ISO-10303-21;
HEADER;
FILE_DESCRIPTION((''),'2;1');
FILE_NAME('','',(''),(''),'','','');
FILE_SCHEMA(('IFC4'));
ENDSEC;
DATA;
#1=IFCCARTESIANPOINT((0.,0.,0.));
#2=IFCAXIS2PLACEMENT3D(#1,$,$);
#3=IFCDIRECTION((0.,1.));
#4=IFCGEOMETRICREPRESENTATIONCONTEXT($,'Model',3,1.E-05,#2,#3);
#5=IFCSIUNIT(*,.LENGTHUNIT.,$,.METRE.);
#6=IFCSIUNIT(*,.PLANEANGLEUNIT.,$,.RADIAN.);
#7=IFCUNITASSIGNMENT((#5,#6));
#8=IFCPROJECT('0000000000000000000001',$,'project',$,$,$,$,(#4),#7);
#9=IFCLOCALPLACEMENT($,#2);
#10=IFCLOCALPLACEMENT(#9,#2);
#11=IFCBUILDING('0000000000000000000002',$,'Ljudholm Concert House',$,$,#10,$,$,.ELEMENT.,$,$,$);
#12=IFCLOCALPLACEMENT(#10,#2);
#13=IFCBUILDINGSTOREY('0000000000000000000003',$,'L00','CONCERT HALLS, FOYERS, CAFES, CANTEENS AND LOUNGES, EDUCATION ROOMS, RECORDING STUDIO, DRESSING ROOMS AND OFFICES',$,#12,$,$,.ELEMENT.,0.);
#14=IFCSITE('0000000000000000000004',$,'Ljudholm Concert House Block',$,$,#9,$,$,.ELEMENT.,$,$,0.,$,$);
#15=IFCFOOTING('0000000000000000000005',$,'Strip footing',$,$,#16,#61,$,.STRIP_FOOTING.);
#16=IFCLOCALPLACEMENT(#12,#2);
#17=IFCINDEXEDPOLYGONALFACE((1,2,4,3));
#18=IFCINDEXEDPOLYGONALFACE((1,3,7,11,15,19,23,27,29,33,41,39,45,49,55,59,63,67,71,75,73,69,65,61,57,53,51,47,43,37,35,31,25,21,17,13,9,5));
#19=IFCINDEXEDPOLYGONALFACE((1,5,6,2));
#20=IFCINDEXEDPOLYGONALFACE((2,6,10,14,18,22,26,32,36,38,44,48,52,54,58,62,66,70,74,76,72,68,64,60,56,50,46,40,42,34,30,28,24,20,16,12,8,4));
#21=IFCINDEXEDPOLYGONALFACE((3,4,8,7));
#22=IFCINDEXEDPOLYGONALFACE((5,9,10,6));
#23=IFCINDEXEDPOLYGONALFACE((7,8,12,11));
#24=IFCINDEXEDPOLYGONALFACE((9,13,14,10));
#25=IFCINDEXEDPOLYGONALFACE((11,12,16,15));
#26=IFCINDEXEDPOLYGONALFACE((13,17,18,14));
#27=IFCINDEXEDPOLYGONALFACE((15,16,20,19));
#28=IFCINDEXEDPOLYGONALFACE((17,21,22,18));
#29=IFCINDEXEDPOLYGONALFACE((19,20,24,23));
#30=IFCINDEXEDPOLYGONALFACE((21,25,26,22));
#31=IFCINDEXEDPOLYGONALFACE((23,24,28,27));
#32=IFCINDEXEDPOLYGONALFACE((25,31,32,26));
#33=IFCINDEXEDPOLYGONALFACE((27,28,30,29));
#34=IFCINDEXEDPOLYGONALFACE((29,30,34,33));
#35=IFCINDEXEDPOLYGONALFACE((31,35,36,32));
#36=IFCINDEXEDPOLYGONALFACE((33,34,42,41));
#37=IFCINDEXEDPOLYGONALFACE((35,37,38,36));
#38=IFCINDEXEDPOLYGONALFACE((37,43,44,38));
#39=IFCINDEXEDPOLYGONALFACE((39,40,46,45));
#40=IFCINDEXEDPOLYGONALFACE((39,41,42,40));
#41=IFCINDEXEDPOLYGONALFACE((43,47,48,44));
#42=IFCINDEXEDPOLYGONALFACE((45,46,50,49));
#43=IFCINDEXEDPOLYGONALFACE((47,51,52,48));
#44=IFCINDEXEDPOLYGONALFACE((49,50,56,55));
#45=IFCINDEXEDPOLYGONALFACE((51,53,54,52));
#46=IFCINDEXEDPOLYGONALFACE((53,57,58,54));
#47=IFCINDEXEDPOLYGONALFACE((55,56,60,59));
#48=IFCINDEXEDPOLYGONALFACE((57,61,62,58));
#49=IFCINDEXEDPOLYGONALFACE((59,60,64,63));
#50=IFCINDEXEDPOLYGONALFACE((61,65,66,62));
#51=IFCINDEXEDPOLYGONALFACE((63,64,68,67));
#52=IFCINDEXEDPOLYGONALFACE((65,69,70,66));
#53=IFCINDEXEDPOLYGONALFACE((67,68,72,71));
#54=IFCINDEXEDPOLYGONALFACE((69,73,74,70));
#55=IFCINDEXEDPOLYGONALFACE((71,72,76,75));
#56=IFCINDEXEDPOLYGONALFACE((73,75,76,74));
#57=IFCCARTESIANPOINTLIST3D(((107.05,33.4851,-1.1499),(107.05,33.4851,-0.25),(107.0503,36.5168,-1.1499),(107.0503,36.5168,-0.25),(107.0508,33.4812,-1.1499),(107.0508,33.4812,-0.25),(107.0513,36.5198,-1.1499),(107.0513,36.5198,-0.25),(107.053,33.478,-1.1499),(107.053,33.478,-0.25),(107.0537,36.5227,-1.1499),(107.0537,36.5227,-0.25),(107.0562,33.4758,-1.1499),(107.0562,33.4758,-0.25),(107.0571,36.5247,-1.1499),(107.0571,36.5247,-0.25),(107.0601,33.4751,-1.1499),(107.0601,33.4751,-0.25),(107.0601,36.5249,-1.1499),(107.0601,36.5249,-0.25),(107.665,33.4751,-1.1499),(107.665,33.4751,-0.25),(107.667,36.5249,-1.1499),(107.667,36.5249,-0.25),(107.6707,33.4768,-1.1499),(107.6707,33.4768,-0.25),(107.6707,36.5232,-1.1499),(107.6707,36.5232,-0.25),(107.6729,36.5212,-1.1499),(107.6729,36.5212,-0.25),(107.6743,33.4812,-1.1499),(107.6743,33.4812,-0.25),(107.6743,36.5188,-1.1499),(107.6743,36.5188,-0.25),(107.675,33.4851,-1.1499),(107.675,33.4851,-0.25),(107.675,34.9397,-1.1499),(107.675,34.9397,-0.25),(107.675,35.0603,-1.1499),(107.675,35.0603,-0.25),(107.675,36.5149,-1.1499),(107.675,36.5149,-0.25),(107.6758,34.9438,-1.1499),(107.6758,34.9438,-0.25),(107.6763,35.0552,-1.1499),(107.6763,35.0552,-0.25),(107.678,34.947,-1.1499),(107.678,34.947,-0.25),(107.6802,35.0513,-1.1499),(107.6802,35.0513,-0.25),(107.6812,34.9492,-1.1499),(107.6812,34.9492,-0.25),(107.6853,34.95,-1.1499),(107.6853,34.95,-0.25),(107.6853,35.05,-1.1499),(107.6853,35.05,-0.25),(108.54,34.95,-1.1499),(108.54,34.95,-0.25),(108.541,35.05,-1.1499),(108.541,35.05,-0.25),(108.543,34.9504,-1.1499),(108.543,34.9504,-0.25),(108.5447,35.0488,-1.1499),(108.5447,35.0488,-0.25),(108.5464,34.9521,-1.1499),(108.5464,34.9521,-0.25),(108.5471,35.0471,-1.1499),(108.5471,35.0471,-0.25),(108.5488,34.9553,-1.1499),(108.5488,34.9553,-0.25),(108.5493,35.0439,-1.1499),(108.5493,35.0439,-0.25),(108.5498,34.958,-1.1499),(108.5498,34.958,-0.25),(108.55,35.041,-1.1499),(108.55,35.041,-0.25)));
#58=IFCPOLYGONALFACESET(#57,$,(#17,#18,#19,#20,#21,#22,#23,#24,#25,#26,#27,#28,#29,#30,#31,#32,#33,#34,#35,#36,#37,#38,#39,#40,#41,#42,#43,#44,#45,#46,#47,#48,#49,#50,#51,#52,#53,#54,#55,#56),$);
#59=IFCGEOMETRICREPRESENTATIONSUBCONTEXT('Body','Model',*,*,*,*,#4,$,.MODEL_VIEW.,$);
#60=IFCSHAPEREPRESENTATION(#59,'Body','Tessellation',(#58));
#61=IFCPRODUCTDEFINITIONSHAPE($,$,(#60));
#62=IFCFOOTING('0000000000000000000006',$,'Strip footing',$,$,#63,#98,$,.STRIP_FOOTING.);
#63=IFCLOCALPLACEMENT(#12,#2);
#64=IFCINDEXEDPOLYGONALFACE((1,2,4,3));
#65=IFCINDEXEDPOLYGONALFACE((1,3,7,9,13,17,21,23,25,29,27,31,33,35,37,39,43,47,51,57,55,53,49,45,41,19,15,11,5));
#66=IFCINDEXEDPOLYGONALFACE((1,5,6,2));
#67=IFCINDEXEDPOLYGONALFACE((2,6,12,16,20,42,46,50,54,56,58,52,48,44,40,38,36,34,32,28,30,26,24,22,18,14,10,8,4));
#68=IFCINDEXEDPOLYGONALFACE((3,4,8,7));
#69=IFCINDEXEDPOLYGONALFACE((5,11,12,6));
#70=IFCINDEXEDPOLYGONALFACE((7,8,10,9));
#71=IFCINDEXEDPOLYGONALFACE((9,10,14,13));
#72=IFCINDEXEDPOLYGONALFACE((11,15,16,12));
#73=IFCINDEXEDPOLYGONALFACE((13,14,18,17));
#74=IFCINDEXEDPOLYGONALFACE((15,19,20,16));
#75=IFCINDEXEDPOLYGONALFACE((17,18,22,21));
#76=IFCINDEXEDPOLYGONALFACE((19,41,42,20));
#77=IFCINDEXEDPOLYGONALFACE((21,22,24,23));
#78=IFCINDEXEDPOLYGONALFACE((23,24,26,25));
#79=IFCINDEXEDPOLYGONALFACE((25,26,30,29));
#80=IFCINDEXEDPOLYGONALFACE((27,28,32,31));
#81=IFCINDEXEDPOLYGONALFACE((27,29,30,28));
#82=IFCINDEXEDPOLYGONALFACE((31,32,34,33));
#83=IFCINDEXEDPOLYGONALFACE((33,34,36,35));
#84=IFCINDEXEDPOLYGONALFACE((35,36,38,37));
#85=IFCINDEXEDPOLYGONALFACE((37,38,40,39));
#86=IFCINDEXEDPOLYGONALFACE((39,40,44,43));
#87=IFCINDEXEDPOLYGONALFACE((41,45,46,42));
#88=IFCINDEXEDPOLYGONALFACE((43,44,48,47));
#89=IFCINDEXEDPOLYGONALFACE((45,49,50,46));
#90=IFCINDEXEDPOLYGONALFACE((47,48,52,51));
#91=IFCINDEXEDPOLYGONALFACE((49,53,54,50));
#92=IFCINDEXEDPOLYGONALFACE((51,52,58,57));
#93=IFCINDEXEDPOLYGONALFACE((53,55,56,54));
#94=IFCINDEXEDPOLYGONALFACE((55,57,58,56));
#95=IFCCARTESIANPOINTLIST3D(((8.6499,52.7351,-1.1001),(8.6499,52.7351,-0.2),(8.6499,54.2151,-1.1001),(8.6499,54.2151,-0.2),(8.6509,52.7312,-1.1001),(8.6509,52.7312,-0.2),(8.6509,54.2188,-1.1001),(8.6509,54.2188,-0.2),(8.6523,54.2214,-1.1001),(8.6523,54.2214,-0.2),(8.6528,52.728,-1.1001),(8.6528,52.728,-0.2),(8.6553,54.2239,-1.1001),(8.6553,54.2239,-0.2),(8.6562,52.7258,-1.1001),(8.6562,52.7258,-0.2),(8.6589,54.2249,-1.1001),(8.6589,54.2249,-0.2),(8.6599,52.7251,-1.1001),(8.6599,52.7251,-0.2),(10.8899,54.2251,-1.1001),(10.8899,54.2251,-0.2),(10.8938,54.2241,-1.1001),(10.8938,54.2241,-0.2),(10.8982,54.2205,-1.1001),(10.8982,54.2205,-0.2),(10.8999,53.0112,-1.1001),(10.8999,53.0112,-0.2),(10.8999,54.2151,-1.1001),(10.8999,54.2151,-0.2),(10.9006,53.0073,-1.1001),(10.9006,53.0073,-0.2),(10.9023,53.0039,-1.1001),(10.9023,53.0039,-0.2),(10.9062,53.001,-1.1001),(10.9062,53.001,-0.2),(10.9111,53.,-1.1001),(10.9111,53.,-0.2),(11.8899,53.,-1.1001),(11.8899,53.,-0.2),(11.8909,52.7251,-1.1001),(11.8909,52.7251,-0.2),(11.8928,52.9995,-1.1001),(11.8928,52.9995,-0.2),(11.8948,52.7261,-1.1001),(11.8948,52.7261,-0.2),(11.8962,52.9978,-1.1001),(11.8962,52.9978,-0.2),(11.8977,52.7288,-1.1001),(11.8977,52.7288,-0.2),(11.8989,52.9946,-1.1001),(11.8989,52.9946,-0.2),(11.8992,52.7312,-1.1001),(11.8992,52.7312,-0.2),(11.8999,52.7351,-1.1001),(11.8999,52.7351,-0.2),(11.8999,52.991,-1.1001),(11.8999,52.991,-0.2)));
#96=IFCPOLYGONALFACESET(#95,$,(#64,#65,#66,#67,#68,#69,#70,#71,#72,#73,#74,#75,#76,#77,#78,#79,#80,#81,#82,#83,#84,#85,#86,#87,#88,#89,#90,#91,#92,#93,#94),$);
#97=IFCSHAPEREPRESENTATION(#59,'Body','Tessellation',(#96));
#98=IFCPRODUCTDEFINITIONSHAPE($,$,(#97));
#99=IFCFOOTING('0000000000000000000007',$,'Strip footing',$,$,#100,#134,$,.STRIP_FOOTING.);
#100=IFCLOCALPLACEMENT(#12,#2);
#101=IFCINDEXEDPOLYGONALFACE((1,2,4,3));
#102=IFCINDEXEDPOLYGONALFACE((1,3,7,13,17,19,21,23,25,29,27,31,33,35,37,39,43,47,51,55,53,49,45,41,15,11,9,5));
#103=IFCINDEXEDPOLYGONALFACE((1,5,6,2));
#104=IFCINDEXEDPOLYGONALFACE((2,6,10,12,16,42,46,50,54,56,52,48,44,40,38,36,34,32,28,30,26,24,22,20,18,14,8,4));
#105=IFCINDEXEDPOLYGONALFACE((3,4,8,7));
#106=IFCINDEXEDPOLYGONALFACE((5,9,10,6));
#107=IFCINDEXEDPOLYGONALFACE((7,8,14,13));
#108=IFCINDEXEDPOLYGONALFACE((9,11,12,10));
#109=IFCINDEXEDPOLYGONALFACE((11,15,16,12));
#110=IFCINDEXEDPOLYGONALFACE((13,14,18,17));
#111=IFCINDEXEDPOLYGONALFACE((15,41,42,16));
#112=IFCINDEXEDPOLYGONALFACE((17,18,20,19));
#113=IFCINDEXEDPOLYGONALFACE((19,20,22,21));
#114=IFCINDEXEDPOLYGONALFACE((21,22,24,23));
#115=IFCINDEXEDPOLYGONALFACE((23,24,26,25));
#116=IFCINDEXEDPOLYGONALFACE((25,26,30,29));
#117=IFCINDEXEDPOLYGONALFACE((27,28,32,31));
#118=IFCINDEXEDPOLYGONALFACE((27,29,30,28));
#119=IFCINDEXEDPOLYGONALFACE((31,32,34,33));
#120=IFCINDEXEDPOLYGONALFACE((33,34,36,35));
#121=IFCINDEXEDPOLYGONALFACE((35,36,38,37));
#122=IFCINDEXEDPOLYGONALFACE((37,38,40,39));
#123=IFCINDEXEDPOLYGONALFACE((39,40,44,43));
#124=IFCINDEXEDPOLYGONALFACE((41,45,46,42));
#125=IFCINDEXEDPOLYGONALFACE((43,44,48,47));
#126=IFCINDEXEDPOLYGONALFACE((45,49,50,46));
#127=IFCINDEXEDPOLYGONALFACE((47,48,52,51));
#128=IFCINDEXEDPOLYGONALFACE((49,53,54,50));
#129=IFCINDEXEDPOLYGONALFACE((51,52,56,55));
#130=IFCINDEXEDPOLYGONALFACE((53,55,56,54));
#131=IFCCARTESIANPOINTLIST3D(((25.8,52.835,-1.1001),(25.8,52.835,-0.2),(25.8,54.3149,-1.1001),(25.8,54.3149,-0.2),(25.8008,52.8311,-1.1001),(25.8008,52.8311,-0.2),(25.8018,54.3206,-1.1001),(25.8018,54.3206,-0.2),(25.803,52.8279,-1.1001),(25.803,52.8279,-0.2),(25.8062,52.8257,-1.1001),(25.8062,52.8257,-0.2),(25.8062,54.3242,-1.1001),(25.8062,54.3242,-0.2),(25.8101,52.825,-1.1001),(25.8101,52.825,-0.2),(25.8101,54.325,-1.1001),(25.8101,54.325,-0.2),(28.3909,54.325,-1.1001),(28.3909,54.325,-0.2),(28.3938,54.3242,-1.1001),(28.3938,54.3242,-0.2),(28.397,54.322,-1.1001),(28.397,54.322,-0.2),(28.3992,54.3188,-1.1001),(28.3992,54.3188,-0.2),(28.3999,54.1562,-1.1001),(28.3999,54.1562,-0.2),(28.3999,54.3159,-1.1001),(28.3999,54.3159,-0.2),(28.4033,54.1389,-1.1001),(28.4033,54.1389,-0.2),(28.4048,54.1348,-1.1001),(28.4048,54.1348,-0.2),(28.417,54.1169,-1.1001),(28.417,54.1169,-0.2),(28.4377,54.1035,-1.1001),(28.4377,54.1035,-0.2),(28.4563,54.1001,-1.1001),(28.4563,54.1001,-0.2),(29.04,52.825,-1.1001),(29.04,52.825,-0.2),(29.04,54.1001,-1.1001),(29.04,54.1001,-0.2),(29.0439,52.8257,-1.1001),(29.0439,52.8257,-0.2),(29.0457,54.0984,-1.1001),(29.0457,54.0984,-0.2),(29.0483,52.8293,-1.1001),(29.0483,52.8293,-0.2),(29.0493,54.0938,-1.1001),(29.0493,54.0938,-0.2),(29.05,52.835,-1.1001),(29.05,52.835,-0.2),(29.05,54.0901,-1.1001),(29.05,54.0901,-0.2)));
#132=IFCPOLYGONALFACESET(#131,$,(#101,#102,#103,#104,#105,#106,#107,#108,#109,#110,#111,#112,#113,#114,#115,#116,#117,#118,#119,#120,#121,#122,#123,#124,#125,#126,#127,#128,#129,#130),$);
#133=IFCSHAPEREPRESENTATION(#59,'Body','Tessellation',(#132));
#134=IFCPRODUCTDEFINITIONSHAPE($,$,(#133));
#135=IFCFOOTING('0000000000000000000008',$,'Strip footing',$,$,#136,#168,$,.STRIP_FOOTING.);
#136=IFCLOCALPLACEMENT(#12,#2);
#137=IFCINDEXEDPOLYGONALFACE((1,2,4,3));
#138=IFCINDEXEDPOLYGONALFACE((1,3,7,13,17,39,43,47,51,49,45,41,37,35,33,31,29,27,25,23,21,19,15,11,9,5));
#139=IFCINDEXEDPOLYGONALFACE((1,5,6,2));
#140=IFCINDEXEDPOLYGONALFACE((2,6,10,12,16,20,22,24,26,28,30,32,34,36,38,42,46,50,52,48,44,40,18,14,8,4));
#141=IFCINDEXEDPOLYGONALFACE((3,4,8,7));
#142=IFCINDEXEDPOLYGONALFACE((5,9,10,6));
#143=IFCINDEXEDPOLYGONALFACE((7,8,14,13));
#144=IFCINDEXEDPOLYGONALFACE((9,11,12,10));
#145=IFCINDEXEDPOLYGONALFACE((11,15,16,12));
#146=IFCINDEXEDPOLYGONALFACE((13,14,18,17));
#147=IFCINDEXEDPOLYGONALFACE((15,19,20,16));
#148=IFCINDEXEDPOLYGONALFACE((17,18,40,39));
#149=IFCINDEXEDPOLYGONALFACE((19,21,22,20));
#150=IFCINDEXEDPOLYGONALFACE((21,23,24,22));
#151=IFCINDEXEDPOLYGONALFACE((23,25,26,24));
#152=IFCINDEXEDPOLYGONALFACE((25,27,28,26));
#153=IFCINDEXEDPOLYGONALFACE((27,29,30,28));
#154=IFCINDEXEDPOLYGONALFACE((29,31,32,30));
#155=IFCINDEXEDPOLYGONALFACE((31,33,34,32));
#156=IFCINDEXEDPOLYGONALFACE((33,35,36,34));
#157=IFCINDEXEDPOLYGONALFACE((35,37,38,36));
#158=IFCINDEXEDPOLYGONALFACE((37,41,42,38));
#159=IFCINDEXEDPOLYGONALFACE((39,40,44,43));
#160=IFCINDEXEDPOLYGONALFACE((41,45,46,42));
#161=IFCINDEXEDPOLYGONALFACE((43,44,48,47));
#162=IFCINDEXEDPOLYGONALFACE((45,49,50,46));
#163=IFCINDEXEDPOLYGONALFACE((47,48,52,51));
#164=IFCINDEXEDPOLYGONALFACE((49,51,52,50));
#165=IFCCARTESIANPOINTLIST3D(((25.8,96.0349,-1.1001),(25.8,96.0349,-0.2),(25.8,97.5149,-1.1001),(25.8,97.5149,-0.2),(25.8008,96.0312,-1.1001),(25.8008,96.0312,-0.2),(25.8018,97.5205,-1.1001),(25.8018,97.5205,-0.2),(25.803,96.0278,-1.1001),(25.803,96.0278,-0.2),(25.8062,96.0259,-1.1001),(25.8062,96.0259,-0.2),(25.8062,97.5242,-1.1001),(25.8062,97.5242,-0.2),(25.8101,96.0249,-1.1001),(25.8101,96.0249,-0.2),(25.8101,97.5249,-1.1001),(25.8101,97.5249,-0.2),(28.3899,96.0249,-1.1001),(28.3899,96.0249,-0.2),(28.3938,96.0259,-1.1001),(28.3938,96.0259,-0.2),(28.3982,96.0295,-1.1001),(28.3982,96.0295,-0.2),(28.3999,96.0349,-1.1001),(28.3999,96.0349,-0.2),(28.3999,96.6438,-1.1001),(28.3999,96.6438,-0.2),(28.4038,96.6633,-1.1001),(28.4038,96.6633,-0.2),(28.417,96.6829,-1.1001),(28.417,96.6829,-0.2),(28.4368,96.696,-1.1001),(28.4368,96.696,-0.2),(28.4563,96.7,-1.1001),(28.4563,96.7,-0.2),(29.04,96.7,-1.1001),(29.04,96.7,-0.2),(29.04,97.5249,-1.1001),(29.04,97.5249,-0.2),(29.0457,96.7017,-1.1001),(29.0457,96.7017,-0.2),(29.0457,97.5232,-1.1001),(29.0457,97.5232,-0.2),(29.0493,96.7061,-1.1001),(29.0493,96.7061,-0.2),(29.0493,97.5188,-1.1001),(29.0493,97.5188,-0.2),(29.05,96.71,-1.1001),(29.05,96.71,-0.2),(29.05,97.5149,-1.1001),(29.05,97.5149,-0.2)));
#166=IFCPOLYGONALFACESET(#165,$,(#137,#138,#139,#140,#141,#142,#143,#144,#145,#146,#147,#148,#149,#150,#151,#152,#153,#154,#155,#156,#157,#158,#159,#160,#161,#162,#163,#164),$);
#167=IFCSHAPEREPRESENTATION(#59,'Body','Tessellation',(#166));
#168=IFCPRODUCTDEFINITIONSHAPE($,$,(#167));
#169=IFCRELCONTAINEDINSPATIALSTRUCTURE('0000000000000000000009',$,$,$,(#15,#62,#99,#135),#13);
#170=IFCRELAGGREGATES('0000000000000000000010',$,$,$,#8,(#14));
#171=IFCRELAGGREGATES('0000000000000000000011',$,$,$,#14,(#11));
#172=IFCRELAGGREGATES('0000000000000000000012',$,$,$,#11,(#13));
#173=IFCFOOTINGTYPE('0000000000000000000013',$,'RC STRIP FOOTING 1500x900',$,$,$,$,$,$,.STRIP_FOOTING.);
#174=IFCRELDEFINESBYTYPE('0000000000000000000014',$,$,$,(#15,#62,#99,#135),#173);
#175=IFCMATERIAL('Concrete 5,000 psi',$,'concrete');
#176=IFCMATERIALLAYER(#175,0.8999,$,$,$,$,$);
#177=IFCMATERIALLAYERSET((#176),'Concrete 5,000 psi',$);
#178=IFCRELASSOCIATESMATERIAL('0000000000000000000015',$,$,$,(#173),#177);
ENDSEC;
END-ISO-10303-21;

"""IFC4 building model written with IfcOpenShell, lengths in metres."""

from ifc_helpers import new_model, si_unit, direction, frame, origin, place, context, subcontext, project, spatial, polyline, outline, extrude, material, layer, layer_set, type_object, element, save


model = new_model("IFC4")

# Units and contexts
model_context = context("Model", 3, precision=1e-05, world=origin(), true_north=direction((0.0, 1.0)))
body_context = subcontext(model_context, "Body", "Model", "MODEL_VIEW")
ifc_project = project(units=[si_unit("LENGTHUNIT", "METRE"), si_unit("PLANEANGLEUNIT", "RADIAN")], contexts=[model_context])

# Site, building, storey
site_placement = place(None, origin())
site = spatial("IfcSite", under=ifc_project, at=site_placement, Name="Ljudholm Concert House Block", CompositionType="ELEMENT", RefElevation=0.0)
building_placement = place(site_placement, origin())
building = spatial("IfcBuilding", under=site, at=building_placement, Name="Ljudholm Concert House", CompositionType="ELEMENT")
storey_placement = place(building_placement, origin())
storey = spatial("IfcBuildingStorey", under=building, at=storey_placement, Name="L00", Description="CONCERT HALLS, FOYERS, CAFES, CANTEENS AND LOUNGES, EDUCATION ROOMS, RECORDING STUDIO, DRESSING ROOMS AND OFFICES", CompositionType="ELEMENT", Elevation=0.0)

# Footings
ifc_material_1 = material(Name="Concrete 5,000 psi", Category="concrete")
ifc_layer_1 = layer(ifc_material_1, 0.8999)
ifc_layer_set_1 = layer_set([ifc_layer_1], Name="Concrete 5,000 psi")
footing_type_1 = type_object("IfcFootingType", Name="RC STRIP FOOTING 1500x900", PredefinedType="STRIP_FOOTING", material=ifc_layer_set_1)
footing_1_placement = place(storey_placement, frame((0.0, 0.0, -1.1499)))
element("IfcFooting", 1, at=footing_1_placement, inside=storey, type_object=footing_type_1, Name="Strip footing", PredefinedType="STRIP_FOOTING", context=body_context, shape_type="SweptSolid", body=[
    extrude(outline(polyline([(107.0601, 33.4751), (107.665, 33.4751), (107.6707, 33.4768), (107.6743, 33.4812), (107.675, 33.4851), (107.675, 34.9397), (107.6758, 34.9438), (107.678, 34.947), (107.6812, 34.9492), (107.6853, 34.95), (108.54, 34.95), (108.543, 34.9504), (108.5464, 34.9521), (108.5488, 34.9553), (108.5498, 34.958), (108.55, 35.041), (108.5493, 35.0439), (108.5471, 35.0471), (108.5447, 35.0488), (108.541, 35.05), (107.6853, 35.05), (107.6802, 35.0513), (107.6763, 35.0552), (107.675, 35.0603), (107.675, 36.5149), (107.6743, 36.5188), (107.6729, 36.5212), (107.6707, 36.5232), (107.667, 36.5249), (107.0601, 36.5249), (107.0571, 36.5247), (107.0537, 36.5227), (107.0513, 36.5198), (107.0503, 36.5168), (107.05, 33.4851), (107.0508, 33.4812), (107.053, 33.478), (107.0562, 33.4758), (107.0601, 33.4751)])), origin(), (0.0, 0.0, 1.0), 0.8999),
])
footing_2_placement = place(storey_placement, frame((0.0, 0.0, -1.1001)))
element("IfcFooting", 2, at=footing_2_placement, inside=storey, type_object=footing_type_1, Name="Strip footing", PredefinedType="STRIP_FOOTING", context=body_context, shape_type="SweptSolid", body=[
    extrude(outline(polyline([(8.6599, 52.7251), (11.8909, 52.7251), (11.8948, 52.7261), (11.8977, 52.7288), (11.8992, 52.7312), (11.8999, 52.7351), (11.8999, 52.991), (11.8989, 52.9946), (11.8962, 52.9978), (11.8928, 52.9995), (11.8899, 53.0), (10.9111, 53.0), (10.9062, 53.001), (10.9023, 53.0039), (10.9006, 53.0073), (10.8999, 53.0112), (10.8999, 54.2151), (10.8982, 54.2205), (10.8938, 54.2241), (10.8899, 54.2251), (8.6589, 54.2249), (8.6553, 54.2239), (8.6523, 54.2214), (8.6509, 54.2188), (8.6499, 54.2151), (8.6499, 52.7351), (8.6509, 52.7312), (8.6528, 52.728), (8.6562, 52.7258), (8.6599, 52.7251)])), origin(), (0.0, 0.0, 1.0), 0.9001),
])
footing_3_placement = place(storey_placement, frame((0.0, 0.0, -1.1001)))
element("IfcFooting", 3, at=footing_3_placement, inside=storey, type_object=footing_type_1, Name="Strip footing", PredefinedType="STRIP_FOOTING", context=body_context, shape_type="SweptSolid", body=[
    extrude(outline(polyline([(25.8101, 52.825), (29.04, 52.825), (29.0439, 52.8257), (29.0483, 52.8293), (29.05, 52.835), (29.05, 54.0901), (29.0493, 54.0938), (29.0457, 54.0984), (29.04, 54.1001), (28.4563, 54.1001), (28.4377, 54.1035), (28.417, 54.1169), (28.4048, 54.1348), (28.4033, 54.1389), (28.3999, 54.1562), (28.3999, 54.3159), (28.3992, 54.3188), (28.397, 54.322), (28.3938, 54.3242), (28.3909, 54.325), (25.8101, 54.325), (25.8062, 54.3242), (25.8018, 54.3206), (25.8, 54.3149), (25.8, 52.835), (25.8008, 52.8311), (25.803, 52.8279), (25.8062, 52.8257), (25.8101, 52.825)])), origin(), (0.0, 0.0, 1.0), 0.9001),
])
footing_4_placement = place(storey_placement, frame((0.0, 0.0, -1.1001)))
element("IfcFooting", 4, at=footing_4_placement, inside=storey, type_object=footing_type_1, Name="Strip footing", PredefinedType="STRIP_FOOTING", context=body_context, shape_type="SweptSolid", body=[
    extrude(outline(polyline([(25.8101, 96.0249), (28.3899, 96.0249), (28.3938, 96.0259), (28.3982, 96.0295), (28.3999, 96.0349), (28.3999, 96.6438), (28.4038, 96.6633), (28.417, 96.6829), (28.4368, 96.696), (28.4563, 96.7), (29.04, 96.7), (29.0457, 96.7017), (29.0493, 96.7061), (29.05, 96.71), (29.05, 97.5149), (29.0493, 97.5188), (29.0457, 97.5232), (29.04, 97.5249), (25.8101, 97.5249), (25.8062, 97.5242), (25.8018, 97.5205), (25.8, 97.5149), (25.8, 96.0349), (25.8008, 96.0312), (25.803, 96.0278), (25.8062, 96.0259), (25.8101, 96.0249)])), origin(), (0.0, 0.0, 1.0), 0.9001),
])

save(model, "model.ifc")
